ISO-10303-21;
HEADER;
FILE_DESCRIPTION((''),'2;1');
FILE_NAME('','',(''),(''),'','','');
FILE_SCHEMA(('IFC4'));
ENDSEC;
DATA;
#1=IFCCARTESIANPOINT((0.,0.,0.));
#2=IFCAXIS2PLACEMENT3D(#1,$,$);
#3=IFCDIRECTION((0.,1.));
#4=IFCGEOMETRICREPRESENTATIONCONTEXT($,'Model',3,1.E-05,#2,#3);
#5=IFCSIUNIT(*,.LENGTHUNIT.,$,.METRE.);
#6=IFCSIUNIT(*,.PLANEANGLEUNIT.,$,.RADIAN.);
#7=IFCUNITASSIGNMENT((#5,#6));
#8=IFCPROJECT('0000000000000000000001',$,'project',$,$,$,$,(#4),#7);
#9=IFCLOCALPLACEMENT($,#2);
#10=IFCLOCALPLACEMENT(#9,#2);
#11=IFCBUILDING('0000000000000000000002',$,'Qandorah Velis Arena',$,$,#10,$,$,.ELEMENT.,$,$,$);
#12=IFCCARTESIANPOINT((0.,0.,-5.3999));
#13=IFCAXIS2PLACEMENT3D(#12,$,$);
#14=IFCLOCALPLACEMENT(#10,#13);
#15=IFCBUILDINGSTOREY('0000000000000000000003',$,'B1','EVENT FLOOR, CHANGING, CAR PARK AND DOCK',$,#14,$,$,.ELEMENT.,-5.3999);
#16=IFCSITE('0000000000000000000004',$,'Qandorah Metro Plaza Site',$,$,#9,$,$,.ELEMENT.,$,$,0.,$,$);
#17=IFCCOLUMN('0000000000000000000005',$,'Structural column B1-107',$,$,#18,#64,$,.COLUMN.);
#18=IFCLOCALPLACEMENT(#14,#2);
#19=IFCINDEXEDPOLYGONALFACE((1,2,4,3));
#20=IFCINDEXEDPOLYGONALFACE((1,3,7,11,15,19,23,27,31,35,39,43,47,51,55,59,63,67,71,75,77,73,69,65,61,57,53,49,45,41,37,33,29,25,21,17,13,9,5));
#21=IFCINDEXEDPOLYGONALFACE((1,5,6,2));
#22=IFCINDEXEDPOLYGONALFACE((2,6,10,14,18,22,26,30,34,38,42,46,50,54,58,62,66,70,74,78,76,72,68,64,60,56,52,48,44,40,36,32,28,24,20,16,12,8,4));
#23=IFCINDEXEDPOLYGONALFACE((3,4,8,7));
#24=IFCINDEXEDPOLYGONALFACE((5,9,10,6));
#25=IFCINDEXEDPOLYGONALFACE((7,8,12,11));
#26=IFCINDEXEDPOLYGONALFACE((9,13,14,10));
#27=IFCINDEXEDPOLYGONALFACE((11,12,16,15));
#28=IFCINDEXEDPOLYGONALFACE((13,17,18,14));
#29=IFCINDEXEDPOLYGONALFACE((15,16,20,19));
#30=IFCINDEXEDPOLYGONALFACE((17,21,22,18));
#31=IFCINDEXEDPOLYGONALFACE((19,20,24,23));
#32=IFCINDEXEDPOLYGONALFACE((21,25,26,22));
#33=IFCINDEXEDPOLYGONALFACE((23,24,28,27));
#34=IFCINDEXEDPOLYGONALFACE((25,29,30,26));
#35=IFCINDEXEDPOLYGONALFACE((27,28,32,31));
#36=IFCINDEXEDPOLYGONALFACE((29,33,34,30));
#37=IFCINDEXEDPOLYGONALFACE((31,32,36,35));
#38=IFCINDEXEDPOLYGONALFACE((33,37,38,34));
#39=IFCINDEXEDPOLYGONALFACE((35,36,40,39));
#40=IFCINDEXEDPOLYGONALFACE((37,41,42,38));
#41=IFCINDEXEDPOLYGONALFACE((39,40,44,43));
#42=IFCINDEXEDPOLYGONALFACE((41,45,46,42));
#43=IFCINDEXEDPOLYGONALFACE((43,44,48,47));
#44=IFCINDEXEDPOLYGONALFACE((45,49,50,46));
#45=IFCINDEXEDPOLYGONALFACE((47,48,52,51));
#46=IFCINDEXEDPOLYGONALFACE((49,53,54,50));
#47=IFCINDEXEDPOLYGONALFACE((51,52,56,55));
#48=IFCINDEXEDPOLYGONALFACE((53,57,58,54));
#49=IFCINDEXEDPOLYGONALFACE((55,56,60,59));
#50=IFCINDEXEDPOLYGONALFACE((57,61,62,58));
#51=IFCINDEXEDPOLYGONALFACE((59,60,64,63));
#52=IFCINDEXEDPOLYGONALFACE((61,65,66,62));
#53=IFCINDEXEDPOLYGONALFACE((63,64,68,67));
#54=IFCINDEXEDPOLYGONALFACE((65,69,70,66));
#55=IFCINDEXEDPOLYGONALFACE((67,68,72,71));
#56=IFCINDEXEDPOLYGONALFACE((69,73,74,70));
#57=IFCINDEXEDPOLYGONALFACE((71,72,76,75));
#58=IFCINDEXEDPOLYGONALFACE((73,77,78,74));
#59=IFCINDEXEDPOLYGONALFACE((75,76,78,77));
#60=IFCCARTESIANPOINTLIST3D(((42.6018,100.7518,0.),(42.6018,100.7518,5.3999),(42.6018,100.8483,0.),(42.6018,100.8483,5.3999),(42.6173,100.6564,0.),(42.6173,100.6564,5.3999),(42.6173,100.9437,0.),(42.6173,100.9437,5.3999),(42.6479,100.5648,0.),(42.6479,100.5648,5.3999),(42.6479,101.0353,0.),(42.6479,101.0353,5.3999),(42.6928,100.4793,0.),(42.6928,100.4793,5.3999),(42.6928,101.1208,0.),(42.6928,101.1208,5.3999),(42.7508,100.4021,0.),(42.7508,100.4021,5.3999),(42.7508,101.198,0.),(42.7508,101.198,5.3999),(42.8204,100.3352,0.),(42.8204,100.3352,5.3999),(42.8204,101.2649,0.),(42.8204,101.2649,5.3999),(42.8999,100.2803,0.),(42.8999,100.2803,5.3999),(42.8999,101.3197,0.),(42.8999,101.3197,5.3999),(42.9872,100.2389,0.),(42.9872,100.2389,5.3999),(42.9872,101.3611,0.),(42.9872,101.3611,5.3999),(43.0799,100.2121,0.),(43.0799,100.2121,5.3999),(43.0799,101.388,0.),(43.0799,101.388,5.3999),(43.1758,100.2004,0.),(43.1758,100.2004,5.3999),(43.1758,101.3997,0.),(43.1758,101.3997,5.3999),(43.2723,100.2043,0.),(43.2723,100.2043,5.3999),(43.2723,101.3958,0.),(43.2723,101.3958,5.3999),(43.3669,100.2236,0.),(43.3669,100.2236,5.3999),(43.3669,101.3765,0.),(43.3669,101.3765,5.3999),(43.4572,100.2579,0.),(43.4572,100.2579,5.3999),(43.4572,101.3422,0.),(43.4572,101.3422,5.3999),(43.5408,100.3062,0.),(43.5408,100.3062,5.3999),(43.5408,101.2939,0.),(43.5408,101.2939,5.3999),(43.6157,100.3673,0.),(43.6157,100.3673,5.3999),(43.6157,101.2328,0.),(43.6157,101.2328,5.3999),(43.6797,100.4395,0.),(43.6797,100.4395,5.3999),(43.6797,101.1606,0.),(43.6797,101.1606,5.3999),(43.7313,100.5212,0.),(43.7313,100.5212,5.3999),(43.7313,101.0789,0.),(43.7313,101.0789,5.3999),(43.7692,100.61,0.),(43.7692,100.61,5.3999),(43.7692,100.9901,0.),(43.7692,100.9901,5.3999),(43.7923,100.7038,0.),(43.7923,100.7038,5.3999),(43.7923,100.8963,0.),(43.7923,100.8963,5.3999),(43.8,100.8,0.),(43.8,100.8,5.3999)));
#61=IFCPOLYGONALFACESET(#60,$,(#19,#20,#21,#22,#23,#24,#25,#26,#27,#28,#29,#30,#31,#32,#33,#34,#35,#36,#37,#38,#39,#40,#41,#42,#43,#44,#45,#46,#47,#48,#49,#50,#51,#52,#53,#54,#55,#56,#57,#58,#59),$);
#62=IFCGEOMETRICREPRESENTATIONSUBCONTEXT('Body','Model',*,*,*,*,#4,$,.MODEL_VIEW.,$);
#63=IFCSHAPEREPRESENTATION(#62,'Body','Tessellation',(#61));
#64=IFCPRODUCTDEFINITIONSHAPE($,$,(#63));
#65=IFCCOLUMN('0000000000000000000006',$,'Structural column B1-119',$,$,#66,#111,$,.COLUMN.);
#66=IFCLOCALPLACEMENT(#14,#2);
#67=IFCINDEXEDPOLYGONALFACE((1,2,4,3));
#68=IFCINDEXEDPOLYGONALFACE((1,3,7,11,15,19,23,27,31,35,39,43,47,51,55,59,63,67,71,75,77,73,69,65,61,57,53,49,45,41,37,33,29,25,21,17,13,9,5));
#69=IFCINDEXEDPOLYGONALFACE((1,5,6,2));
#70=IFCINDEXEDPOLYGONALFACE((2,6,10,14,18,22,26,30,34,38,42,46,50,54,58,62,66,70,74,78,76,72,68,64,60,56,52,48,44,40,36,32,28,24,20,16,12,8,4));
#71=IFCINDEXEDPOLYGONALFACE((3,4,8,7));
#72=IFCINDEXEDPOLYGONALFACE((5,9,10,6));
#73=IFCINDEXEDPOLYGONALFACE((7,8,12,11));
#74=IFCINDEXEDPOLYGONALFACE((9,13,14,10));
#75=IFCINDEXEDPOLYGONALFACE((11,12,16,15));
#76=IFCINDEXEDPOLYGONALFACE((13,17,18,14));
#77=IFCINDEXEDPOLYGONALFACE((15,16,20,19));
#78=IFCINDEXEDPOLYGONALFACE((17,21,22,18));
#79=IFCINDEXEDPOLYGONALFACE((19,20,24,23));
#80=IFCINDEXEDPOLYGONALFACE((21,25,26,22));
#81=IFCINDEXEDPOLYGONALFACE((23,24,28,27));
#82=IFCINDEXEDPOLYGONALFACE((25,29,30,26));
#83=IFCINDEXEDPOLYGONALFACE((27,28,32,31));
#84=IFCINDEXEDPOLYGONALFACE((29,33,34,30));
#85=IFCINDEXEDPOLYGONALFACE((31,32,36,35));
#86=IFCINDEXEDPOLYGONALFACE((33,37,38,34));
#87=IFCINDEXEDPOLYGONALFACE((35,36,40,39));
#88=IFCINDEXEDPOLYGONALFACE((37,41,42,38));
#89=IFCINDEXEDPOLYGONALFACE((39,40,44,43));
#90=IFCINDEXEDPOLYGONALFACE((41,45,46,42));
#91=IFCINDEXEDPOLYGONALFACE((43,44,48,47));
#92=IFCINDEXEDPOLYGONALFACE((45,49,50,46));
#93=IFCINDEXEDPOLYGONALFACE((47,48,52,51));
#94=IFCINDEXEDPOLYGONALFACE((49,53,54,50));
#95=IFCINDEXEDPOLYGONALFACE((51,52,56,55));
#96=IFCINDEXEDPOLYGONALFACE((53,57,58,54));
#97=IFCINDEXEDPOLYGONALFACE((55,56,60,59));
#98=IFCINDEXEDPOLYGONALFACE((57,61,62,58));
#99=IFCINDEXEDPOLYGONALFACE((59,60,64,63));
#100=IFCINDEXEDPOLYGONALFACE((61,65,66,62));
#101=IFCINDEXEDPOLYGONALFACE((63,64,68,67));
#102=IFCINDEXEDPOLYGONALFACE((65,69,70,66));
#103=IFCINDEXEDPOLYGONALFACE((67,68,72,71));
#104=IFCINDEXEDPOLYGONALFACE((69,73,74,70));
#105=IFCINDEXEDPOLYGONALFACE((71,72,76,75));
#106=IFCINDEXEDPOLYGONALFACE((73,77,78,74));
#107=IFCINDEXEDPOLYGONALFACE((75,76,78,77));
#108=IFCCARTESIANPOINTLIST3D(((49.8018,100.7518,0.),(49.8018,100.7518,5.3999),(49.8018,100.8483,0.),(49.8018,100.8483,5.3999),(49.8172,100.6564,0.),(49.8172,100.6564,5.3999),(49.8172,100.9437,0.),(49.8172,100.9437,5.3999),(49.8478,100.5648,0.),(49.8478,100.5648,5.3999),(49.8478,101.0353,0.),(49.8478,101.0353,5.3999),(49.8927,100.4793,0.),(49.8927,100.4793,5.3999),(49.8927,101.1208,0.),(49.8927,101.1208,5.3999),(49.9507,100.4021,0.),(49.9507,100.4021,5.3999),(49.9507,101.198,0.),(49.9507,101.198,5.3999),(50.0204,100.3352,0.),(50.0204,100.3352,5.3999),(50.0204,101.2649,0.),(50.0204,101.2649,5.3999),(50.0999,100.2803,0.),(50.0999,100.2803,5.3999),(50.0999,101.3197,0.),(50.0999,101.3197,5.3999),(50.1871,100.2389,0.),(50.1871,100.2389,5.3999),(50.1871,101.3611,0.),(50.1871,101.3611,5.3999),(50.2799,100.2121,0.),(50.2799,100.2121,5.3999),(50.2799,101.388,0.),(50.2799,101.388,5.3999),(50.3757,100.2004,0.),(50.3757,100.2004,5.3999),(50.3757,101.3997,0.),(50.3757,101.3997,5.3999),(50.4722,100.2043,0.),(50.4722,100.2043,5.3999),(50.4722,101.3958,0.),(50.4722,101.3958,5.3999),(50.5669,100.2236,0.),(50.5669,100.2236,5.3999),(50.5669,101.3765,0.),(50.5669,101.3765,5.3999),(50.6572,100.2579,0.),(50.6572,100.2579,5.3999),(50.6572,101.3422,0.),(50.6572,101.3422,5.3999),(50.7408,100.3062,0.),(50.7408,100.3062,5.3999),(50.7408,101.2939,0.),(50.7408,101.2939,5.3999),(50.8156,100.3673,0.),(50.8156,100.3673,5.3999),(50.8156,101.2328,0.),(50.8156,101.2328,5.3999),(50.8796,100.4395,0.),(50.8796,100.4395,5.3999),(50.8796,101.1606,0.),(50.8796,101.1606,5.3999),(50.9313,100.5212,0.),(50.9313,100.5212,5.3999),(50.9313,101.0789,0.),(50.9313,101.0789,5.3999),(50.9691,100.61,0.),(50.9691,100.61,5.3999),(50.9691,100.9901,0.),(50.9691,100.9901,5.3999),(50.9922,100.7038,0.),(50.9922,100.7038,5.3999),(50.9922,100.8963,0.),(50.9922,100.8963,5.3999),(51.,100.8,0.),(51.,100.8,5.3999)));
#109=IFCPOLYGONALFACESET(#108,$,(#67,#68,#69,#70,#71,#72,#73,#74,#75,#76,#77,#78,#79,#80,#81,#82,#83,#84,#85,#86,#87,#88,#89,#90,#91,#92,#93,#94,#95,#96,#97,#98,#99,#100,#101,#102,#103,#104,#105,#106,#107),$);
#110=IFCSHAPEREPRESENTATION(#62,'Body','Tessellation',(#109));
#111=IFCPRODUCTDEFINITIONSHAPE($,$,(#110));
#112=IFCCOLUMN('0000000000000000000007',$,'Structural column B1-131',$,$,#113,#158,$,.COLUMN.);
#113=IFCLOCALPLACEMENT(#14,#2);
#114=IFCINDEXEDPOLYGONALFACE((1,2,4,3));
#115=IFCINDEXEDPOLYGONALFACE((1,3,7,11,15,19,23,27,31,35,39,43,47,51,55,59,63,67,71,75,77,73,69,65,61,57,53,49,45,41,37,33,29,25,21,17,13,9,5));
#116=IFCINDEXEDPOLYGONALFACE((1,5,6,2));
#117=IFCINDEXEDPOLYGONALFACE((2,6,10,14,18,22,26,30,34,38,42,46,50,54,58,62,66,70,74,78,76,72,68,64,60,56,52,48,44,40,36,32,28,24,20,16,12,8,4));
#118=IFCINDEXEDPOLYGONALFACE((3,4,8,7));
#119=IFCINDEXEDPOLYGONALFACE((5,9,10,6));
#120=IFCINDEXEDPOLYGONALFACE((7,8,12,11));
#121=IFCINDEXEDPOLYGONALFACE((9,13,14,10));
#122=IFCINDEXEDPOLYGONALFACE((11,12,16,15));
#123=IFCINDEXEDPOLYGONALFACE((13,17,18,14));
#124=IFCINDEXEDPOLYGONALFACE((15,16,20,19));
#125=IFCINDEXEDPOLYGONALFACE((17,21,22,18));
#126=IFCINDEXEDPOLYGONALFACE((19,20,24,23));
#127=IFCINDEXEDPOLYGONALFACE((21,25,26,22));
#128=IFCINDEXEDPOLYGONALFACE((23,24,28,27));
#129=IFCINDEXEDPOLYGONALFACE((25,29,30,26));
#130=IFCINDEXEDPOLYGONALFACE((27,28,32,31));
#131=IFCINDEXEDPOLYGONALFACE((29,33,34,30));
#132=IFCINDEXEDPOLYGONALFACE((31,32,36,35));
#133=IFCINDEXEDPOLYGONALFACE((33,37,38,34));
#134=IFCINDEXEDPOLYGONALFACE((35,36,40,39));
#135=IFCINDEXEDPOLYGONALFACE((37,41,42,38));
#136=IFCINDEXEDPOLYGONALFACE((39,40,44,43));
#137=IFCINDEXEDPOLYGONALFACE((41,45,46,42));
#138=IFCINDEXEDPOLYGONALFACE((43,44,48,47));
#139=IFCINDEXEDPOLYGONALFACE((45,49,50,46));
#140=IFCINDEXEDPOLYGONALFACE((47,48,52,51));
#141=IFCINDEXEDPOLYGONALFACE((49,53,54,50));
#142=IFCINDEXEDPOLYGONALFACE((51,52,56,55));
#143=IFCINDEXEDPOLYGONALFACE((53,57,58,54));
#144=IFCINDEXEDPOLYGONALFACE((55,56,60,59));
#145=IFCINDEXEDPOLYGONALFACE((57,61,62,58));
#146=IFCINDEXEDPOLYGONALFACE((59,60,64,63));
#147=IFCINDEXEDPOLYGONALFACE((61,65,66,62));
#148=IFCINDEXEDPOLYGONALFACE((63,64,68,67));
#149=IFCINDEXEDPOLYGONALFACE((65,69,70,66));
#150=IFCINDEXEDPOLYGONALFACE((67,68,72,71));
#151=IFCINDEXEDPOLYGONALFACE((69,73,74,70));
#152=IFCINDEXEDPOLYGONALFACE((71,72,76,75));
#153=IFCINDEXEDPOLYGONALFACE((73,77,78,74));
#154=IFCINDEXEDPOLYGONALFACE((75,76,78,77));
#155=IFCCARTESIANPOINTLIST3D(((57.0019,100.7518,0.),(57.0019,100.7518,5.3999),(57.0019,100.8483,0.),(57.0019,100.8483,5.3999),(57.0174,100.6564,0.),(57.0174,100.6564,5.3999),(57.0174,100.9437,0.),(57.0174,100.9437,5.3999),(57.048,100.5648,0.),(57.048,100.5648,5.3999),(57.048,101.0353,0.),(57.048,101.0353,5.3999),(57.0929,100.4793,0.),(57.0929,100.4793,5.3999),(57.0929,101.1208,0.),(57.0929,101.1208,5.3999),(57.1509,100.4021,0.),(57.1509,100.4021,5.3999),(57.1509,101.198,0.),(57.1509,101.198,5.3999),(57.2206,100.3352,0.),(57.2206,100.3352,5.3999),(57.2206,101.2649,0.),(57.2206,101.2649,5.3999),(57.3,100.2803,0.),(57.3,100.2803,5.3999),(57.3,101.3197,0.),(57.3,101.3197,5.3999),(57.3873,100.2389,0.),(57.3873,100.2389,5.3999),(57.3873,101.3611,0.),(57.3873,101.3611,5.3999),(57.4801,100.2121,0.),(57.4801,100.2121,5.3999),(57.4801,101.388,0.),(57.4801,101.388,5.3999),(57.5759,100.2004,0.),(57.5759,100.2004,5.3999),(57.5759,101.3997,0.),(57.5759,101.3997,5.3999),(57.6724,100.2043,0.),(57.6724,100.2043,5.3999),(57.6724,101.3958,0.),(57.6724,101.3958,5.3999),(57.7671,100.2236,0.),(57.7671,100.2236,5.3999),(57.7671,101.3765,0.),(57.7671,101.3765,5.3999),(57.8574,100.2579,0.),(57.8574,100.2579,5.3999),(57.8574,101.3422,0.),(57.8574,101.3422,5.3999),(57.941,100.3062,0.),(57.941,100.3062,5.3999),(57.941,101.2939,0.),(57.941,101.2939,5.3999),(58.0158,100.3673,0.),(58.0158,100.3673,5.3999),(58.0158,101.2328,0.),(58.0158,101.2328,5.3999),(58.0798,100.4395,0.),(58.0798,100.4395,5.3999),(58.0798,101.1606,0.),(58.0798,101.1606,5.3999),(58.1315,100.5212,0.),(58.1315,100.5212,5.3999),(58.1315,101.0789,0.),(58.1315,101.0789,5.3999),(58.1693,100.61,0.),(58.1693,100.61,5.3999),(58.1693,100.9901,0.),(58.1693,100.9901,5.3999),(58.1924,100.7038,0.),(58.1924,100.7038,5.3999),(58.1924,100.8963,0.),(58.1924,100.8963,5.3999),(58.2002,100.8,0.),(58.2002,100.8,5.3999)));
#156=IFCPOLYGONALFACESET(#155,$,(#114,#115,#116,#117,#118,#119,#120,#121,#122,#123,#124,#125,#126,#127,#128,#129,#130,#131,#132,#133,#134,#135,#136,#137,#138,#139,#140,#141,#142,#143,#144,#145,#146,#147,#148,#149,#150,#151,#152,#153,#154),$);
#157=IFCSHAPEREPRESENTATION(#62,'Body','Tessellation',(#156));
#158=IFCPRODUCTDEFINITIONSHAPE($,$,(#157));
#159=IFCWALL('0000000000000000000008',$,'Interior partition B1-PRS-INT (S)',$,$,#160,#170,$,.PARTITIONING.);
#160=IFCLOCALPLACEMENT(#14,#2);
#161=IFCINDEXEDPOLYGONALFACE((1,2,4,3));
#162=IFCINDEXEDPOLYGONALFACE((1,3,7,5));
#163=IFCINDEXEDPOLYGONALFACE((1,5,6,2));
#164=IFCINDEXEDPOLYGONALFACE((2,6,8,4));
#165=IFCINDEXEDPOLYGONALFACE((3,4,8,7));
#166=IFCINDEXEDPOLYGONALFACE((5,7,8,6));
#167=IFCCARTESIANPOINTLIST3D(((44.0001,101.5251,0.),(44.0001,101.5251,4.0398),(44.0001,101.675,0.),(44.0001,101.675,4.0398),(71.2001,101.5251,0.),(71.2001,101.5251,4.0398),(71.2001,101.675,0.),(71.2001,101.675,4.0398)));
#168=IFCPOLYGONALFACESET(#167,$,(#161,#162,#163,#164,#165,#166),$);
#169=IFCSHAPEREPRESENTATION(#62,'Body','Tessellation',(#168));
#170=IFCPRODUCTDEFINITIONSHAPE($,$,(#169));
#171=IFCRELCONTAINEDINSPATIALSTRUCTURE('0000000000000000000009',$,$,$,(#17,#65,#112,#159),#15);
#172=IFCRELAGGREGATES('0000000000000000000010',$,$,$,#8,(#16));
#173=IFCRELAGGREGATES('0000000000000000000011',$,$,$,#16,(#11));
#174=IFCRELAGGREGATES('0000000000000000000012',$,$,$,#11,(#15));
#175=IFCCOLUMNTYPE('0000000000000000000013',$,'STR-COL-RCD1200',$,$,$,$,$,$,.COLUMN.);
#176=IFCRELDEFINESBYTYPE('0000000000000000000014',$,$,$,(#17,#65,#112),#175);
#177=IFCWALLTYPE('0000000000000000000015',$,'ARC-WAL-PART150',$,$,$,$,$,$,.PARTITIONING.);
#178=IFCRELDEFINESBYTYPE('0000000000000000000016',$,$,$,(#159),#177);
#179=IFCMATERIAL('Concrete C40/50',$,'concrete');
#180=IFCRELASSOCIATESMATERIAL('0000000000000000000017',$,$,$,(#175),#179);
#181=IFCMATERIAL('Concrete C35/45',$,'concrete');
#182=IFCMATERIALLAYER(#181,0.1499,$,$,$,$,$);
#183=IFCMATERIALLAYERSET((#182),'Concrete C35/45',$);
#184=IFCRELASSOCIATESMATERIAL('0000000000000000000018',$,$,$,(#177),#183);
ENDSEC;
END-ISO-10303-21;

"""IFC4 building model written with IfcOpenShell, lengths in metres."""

from ifc_helpers import new_model, si_unit, direction, frame, frame_2d, origin, origin_2d, place, context, subcontext, project, spatial, rectangle, circle, extrude, material, layer, layer_set, material_profile, profile_set, type_object, element, save


model = new_model("IFC4")

# Units and contexts
model_context = context("Model", 3, precision=1e-05, world=origin(), true_north=direction((0.0, 1.0)))
body_context = subcontext(model_context, "Body", "Model", "MODEL_VIEW")
ifc_project = project(units=[si_unit("LENGTHUNIT", "METRE"), si_unit("PLANEANGLEUNIT", "RADIAN")], contexts=[model_context])

# Site, building, storey
site_placement = place(None, origin())
site = spatial("IfcSite", under=ifc_project, at=site_placement, Name="Qandorah Metro Plaza Site", CompositionType="ELEMENT", RefElevation=0.0)
building_placement = place(site_placement, origin())
building = spatial("IfcBuilding", under=site, at=building_placement, Name="Qandorah Velis Arena", CompositionType="ELEMENT")
storey_placement = place(building_placement, frame((0.0, 0.0, -5.3999)))
storey = spatial("IfcBuildingStorey", under=building, at=storey_placement, Name="B1", Description="EVENT FLOOR, CHANGING, CAR PARK AND DOCK", CompositionType="ELEMENT", Elevation=-5.3999)

# Shared definitions
ifc_material_1 = material(Name="Concrete C40/50", Category="concrete")

# Columns
ifc_material_profile_1 = material_profile(ifc_material_1, circle(Radius=0.6001, at=origin_2d()), Name="RC D1200")
ifc_profile_set_1 = profile_set([ifc_material_profile_1], Name="Concrete C40/50")
column_type_1 = type_object("IfcColumnType", Name="STR-COL-RCD1200", PredefinedType="COLUMN", material=ifc_profile_set_1)
for number, where, z_axis, x_axis, name in (
    (1, (43.2, 100.8, 0.0), (0.0, 0.0, 1.0), (1.0, 0.0, 0.0), "Structural column B1-107"),
    (2, (50.3999, 100.8, 0.0), (0.0, 0.0, 1.0), (1.0, 0.0, 0.0), "Structural column B1-119"),
    (3, (57.6001, 100.8, 0.0), (0.0, 0.0, 1.0), (1.0, 0.0, 0.0), "Structural column B1-131"),
):
    element("IfcColumn", number, at=place(storey_placement, frame(where, z_axis=z_axis, x_axis=x_axis)), inside=storey, type_object=column_type_1, Name=name, PredefinedType="COLUMN", context=body_context, shape_type="SweptSolid", body=[
        extrude(circle(Radius=0.6001, at=origin_2d()), origin(), (0.0, 0.0, 1.0), 5.3999),
    ])

# Wall
ifc_material_2 = material(Name="Concrete C35/45", Category="concrete")
ifc_layer = layer(ifc_material_2, 0.1499)
ifc_layer_set = layer_set([ifc_layer], Name="Concrete C35/45")
wall_type = type_object("IfcWallType", Name="ARC-WAL-PART150", PredefinedType="PARTITIONING", material=ifc_layer_set)
wall_placement = place(storey_placement, frame((44.0, 101.6001, 0.0), z_axis=(0.0, 0.0, 1.0), x_axis=(1.0, 0.0, 0.0)))
element("IfcWall", 4, at=wall_placement, inside=storey, type_object=wall_type, Name="Interior partition B1-PRS-INT (S)", PredefinedType="PARTITIONING", context=body_context, shape_type="SweptSolid", body=[
    extrude(rectangle(XDim=27.2, YDim=0.1499, at=frame_2d((13.6001, 0.0))), origin(), (0.0, 0.0, 1.0), 4.0398),
])

save(model, "model.ifc")
